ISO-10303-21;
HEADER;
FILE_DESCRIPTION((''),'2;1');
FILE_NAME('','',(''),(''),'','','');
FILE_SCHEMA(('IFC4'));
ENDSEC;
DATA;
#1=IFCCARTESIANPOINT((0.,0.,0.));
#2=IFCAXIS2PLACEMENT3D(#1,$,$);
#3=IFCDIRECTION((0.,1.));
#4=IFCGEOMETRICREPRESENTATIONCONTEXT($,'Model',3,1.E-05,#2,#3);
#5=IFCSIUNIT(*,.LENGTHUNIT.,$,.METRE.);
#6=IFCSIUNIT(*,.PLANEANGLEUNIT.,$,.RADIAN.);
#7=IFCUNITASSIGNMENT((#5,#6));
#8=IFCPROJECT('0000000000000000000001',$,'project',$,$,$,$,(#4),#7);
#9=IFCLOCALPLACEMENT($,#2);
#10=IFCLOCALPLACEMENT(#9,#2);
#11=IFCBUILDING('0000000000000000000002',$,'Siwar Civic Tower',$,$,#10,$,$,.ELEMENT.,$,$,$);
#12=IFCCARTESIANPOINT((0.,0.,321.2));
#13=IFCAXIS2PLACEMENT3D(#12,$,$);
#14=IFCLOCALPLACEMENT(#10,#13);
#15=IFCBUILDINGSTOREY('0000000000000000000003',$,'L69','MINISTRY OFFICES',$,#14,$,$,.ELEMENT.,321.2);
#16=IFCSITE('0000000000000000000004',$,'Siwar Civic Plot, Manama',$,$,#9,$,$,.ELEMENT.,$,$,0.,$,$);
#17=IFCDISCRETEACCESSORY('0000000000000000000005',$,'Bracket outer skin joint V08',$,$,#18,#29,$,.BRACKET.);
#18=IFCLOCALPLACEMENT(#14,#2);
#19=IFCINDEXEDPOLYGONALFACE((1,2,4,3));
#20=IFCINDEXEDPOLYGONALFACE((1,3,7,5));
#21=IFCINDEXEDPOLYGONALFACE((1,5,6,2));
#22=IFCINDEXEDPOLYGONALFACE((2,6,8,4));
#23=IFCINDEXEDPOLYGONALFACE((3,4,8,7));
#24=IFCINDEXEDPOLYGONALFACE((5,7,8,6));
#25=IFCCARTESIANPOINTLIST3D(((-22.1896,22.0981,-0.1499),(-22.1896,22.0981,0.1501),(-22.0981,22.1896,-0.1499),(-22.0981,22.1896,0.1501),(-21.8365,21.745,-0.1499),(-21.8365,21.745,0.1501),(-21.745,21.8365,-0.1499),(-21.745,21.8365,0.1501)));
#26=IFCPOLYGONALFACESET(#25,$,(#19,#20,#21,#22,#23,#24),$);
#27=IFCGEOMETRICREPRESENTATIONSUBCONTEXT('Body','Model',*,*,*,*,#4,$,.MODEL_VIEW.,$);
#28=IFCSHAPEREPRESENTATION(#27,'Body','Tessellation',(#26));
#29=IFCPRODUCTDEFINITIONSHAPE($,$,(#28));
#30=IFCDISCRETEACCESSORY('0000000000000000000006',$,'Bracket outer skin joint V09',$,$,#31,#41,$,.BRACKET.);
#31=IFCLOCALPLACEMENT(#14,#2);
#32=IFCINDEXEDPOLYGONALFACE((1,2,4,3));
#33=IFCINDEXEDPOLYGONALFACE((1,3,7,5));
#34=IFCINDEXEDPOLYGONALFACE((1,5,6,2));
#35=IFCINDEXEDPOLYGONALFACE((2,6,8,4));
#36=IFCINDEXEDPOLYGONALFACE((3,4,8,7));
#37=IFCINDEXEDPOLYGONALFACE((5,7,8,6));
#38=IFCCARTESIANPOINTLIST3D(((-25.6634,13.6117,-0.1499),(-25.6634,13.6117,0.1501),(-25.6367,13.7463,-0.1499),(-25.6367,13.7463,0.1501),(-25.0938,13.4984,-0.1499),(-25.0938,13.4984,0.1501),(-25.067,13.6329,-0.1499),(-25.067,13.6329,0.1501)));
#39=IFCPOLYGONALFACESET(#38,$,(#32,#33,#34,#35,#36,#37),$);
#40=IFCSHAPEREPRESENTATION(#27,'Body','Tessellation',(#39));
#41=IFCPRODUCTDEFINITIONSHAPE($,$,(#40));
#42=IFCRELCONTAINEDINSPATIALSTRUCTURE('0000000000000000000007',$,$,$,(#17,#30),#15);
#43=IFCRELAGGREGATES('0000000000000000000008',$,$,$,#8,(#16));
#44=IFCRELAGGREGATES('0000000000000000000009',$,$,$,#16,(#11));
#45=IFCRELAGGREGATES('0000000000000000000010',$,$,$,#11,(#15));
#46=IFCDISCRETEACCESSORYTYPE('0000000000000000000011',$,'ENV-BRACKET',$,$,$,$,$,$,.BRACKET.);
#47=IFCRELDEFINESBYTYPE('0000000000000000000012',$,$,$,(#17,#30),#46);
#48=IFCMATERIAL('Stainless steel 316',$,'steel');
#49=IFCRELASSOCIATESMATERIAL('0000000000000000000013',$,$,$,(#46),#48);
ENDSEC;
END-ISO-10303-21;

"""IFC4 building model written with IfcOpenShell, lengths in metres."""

from ifc_helpers import new_model, si_unit, direction, frame, origin, origin_2d, place, context, subcontext, project, spatial, rectangle, extrude, material, type_object, element, save


model = new_model("IFC4")

# Units and contexts
model_context = context("Model", 3, precision=1e-05, world=origin(), true_north=direction((0.0, 1.0)))
body_context = subcontext(model_context, "Body", "Model", "MODEL_VIEW")
ifc_project = project(units=[si_unit("LENGTHUNIT", "METRE"), si_unit("PLANEANGLEUNIT", "RADIAN")], contexts=[model_context])

# Site, building, storey
site_placement = place(None, origin())
site = spatial("IfcSite", under=ifc_project, at=site_placement, Name="Siwar Civic Plot, Manama", CompositionType="ELEMENT", RefElevation=0.0)
building_placement = place(site_placement, origin())
building = spatial("IfcBuilding", under=site, at=building_placement, Name="Siwar Civic Tower", CompositionType="ELEMENT")
storey_placement = place(building_placement, frame((0.0, 0.0, 321.2)))
storey = spatial("IfcBuildingStorey", under=building, at=storey_placement, Name="L69", Description="MINISTRY OFFICES", CompositionType="ELEMENT", Elevation=321.2)

# Discrete accessories
ifc_material_1 = material(Name="Stainless steel 316", Category="steel")
discrete_accessory_type = type_object("IfcDiscreteAccessoryType", Name="ENV-BRACKET", PredefinedType="BRACKET", material=ifc_material_1)
discrete_accessory_1_placement = place(storey_placement, frame((-21.9673, 21.9673, -0.1499), z_axis=(0.0, 0.0, 1.0), x_axis=(-0.707107, 0.707107, 0.0)))
element("IfcDiscreteAccessory", 1, at=discrete_accessory_1_placement, inside=storey, type_object=discrete_accessory_type, Name="Bracket outer skin joint V08", PredefinedType="BRACKET", context=body_context, shape_type="SweptSolid", body=[
    extrude(rectangle(XDim=0.4993, YDim=0.1294, at=origin_2d()), origin(), (0.0, 0.0, 1.0), 0.3),
])
discrete_accessory_2_placement = place(storey_placement, frame((-25.3652, 13.6223, -0.1499), z_axis=(0.0, 0.0, 1.0), x_axis=(-0.980785, 0.19509, 0.0)))
element("IfcDiscreteAccessory", 2, at=discrete_accessory_2_placement, inside=storey, type_object=discrete_accessory_type, Name="Bracket outer skin joint V09", PredefinedType="BRACKET", context=body_context, shape_type="SweptSolid", body=[
    extrude(rectangle(XDim=0.5808, YDim=0.1372, at=origin_2d()), origin(), (0.0, 0.0, 1.0), 0.3),
])

save(model, "model.ifc")
